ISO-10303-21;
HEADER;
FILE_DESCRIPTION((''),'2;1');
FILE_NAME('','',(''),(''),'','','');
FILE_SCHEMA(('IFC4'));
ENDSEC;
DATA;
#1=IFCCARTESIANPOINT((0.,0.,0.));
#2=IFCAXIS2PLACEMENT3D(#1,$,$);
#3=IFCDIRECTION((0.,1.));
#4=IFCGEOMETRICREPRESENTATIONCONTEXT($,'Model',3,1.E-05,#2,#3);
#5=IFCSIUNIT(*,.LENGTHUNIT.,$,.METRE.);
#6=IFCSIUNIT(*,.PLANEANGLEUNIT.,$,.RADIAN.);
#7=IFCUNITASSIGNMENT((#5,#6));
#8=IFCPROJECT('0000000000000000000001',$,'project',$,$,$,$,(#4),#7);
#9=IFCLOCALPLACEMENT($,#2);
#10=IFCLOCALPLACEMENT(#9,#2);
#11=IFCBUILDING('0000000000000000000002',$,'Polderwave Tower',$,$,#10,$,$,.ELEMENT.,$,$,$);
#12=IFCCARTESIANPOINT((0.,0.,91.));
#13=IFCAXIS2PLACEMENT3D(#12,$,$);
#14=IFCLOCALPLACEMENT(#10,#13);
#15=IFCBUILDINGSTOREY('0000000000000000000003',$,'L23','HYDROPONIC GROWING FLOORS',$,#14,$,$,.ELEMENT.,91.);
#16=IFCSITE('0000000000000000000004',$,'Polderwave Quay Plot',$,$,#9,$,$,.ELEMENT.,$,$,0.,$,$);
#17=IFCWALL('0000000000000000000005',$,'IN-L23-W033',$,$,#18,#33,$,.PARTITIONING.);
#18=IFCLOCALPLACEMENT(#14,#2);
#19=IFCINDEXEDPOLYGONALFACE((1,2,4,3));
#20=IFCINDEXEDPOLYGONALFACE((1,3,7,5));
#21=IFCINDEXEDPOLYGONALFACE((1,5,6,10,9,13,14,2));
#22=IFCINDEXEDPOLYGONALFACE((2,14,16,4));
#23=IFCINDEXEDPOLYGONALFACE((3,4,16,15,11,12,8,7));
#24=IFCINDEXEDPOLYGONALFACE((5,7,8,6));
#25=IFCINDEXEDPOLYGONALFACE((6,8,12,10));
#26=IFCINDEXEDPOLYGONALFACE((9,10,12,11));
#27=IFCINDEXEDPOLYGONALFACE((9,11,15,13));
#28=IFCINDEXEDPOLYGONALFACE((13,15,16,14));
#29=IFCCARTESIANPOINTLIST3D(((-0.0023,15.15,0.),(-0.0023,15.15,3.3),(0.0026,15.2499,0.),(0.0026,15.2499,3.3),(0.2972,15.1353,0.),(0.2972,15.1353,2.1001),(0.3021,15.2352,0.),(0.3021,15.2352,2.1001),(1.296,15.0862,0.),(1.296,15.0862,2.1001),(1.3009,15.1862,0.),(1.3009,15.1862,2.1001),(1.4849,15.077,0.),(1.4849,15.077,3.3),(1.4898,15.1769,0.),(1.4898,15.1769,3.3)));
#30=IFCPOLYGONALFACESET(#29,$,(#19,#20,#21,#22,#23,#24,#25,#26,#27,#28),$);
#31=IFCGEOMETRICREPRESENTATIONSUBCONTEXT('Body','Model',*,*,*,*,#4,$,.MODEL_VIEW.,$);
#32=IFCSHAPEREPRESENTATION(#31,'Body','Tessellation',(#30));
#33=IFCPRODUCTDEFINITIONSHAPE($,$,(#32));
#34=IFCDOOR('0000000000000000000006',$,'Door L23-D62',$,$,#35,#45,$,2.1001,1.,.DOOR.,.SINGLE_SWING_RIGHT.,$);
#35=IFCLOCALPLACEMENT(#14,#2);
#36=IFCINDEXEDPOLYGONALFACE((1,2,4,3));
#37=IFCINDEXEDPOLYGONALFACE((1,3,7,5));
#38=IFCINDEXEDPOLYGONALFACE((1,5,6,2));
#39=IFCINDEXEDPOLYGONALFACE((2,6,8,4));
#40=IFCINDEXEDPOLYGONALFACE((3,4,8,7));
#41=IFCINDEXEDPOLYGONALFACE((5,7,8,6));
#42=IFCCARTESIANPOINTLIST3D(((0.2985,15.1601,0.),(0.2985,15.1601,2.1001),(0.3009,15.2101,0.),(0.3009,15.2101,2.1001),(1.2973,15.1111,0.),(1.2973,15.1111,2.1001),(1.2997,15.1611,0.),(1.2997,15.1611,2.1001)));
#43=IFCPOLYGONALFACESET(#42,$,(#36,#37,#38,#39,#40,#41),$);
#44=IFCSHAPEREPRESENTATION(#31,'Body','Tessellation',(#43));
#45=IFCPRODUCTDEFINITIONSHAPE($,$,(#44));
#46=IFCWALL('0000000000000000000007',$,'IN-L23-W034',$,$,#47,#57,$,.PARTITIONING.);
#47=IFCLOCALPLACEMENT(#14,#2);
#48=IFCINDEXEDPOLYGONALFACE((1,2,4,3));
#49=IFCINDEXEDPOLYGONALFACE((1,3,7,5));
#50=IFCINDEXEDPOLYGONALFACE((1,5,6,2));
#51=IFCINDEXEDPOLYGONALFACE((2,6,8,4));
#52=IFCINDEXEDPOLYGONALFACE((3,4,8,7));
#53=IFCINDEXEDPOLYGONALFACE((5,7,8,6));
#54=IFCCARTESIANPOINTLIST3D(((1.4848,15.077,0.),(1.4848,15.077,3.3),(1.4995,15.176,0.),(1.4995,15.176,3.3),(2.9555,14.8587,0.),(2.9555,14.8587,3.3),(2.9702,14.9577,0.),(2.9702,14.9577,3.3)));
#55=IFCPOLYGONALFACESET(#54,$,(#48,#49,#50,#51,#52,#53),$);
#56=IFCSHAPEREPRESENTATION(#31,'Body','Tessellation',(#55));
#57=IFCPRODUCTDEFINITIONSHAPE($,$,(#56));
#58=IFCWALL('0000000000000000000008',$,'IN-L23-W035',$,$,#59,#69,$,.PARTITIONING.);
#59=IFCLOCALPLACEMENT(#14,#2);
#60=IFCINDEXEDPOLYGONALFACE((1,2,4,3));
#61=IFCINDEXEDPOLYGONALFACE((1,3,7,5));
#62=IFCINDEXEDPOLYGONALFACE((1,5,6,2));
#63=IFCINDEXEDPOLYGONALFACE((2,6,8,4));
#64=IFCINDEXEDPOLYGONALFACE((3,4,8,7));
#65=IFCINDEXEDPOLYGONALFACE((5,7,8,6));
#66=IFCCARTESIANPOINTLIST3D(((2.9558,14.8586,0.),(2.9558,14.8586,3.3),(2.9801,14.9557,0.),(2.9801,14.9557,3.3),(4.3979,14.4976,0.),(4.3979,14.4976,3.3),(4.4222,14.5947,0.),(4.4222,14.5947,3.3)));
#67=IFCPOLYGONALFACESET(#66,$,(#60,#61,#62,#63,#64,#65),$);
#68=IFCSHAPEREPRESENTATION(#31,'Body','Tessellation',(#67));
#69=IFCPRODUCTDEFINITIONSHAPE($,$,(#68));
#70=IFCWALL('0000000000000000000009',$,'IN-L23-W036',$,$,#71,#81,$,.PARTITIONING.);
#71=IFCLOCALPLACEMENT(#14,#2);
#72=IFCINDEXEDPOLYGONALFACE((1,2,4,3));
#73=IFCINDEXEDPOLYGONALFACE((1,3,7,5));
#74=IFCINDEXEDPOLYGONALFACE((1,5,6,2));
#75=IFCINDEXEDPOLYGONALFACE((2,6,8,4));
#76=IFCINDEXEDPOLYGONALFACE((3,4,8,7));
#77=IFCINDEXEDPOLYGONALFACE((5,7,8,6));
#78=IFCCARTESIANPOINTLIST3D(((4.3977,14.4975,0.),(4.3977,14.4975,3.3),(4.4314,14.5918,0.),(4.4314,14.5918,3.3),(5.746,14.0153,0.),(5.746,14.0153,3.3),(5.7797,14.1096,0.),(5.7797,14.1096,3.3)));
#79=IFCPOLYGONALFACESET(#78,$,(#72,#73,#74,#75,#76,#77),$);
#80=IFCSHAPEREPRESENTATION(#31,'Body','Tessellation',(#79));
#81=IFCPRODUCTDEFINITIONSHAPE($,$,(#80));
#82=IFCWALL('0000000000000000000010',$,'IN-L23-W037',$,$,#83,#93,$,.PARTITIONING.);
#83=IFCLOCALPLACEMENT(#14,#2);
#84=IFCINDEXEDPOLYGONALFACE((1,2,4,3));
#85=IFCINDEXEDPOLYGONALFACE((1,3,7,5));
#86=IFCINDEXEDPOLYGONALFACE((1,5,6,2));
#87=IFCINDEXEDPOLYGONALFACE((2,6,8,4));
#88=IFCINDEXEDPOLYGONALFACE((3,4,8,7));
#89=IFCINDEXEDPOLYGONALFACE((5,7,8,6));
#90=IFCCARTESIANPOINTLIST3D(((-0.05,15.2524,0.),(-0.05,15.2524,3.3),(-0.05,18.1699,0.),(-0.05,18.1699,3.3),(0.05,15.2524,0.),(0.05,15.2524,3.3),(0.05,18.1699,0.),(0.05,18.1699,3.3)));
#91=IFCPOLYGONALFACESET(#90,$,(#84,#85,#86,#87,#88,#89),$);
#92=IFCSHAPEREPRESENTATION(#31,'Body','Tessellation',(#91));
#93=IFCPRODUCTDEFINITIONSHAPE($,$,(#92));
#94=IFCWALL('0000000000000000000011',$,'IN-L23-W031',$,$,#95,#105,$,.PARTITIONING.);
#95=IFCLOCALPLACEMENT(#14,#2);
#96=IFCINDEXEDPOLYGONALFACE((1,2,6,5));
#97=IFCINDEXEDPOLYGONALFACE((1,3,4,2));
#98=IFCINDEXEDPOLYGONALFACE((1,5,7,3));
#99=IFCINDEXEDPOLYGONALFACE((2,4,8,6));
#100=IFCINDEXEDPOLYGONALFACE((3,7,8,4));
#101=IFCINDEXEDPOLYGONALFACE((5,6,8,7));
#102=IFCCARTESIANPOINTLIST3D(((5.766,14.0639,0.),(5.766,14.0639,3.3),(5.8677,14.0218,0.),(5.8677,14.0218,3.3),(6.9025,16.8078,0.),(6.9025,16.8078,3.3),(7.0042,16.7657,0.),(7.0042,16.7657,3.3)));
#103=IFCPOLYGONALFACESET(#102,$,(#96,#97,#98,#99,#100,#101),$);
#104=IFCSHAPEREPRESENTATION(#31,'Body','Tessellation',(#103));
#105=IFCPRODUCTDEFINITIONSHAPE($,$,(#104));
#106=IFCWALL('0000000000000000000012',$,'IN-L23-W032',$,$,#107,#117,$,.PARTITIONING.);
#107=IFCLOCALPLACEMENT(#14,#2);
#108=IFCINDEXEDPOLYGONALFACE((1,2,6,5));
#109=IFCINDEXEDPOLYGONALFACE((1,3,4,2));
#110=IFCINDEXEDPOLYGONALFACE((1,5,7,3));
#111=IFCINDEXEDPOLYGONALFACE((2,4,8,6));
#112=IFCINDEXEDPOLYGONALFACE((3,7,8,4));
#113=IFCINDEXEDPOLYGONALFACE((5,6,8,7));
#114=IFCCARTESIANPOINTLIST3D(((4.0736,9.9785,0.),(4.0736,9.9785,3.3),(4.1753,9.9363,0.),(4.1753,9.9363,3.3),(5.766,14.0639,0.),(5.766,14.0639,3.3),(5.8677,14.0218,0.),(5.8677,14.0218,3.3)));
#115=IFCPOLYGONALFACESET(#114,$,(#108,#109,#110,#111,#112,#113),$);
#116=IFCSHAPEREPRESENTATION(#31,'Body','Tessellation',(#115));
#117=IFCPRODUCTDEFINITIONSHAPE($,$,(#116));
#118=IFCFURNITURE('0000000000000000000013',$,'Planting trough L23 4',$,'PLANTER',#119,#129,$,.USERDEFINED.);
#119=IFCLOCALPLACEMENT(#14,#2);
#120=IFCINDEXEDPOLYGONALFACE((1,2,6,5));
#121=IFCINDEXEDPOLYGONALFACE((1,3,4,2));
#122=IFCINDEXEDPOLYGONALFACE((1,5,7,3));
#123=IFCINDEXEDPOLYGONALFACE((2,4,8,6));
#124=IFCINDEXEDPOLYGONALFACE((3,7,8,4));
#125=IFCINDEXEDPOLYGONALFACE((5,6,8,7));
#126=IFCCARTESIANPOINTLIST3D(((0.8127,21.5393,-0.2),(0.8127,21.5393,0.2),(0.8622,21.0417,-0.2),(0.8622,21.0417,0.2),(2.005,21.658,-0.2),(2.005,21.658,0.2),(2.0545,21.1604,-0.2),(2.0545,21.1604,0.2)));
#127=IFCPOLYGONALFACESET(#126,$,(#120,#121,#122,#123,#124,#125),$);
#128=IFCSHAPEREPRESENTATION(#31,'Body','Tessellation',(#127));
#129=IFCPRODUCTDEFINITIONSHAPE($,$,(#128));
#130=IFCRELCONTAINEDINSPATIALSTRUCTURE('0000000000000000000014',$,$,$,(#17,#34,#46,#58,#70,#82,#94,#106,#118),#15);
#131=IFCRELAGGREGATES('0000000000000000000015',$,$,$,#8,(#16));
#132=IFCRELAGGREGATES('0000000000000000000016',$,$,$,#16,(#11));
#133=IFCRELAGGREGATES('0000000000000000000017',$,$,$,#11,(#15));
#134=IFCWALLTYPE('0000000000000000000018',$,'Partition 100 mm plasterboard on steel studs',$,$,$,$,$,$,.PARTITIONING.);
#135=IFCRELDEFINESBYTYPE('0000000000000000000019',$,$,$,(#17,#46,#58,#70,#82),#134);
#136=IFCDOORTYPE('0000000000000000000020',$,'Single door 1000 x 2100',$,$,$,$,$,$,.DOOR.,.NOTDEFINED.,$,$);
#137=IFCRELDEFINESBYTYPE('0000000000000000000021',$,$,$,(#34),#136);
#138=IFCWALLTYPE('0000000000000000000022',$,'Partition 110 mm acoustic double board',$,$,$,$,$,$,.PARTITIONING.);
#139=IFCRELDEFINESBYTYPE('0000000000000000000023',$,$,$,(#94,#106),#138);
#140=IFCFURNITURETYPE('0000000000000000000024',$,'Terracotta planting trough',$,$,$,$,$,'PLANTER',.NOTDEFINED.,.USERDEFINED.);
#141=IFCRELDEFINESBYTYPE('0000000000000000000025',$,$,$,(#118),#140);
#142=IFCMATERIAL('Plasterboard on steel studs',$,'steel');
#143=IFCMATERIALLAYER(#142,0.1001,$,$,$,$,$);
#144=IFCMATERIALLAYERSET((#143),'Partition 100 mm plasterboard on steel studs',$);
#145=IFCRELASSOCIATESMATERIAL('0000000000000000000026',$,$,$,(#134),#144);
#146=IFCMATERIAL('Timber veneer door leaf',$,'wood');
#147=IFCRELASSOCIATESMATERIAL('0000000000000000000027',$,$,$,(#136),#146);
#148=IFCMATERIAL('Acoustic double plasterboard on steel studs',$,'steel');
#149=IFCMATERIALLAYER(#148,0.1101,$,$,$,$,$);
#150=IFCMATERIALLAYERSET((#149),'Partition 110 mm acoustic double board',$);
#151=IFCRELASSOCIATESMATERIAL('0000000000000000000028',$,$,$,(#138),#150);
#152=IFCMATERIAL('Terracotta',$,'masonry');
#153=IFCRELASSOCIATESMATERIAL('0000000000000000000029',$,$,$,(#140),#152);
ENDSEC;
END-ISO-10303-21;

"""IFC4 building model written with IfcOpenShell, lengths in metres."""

from ifc_helpers import new_model, si_unit, direction, frame, frame_2d, origin, origin_2d, place, context, subcontext, project, spatial, rectangle, extrude, material, layer, layer_set, type_object, element, fill, save


model = new_model("IFC4")

# Units and contexts
model_context = context("Model", 3, precision=1e-05, world=origin(), true_north=direction((0.0, 1.0)))
body_context = subcontext(model_context, "Body", "Model", "MODEL_VIEW")
ifc_project = project(units=[si_unit("LENGTHUNIT", "METRE"), si_unit("PLANEANGLEUNIT", "RADIAN")], contexts=[model_context])

# Site, building, storey
site_placement = place(None, origin())
site = spatial("IfcSite", under=ifc_project, at=site_placement, Name="Polderwave Quay Plot", CompositionType="ELEMENT", RefElevation=0.0)
building_placement = place(site_placement, origin())
building = spatial("IfcBuilding", under=site, at=building_placement, Name="Polderwave Tower", CompositionType="ELEMENT")
storey_placement = place(building_placement, frame((0.0, 0.0, 91.0)))
storey = spatial("IfcBuildingStorey", under=building, at=storey_placement, Name="L23", Description="HYDROPONIC GROWING FLOORS", CompositionType="ELEMENT", Elevation=91.0)

# Wall, opening, door
ifc_material_1 = material(Name="Plasterboard on steel studs", Category="steel")
ifc_layer_1 = layer(ifc_material_1, 0.1001)
ifc_layer_set_1 = layer_set([ifc_layer_1], Name="Partition 100 mm plasterboard on steel studs")
wall_type_1 = type_object("IfcWallType", Name="Partition 100 mm plasterboard on steel studs", PredefinedType="PARTITIONING", material=ifc_layer_set_1)
wall_1_placement = place(storey_placement, frame((0.0, 15.2, 0.0), z_axis=(0.0, 0.0, 1.0), x_axis=(0.998798, -0.049022, 0.0)))
wall_1 = element("IfcWall", 1, at=wall_1_placement, inside=storey, type_object=wall_type_1, Name="IN-L23-W033", PredefinedType="PARTITIONING", context=body_context, shape_type="SweptSolid", body=[
    extrude(rectangle(XDim=1.489, YDim=0.1001, at=frame_2d((0.7446, 0.0))), origin(), (0.0, 0.0, 1.0), 3.3),
])
opening_1_placement = place(wall_1_placement, frame((0.3, 0.0, 0.0)))
opening_1 = element("IfcOpeningElement", 2, at=opening_1_placement, cuts=wall_1, PredefinedType="OPENING", context=body_context, shape_type="SweptSolid", body=[
    extrude(rectangle(XDim=1.0, YDim=2.1001, at=frame_2d((0.5, 1.05))), frame((0.0, 0.0601, 0.0), z_axis=(0.0, -1.0, 0.0), x_axis=(1.0, 0.0, 0.0)), (0.0, 0.0, 1.0), 0.1201),
])
ifc_material_2 = material(Name="Timber veneer door leaf", Category="wood")
door_type_1 = type_object("IfcDoorType", Name="Single door 1000 x 2100", OperationType="NOTDEFINED", PredefinedType="DOOR", material=ifc_material_2)
door_1_placement = place(opening_1_placement, origin())
door_1 = element("IfcDoor", 3, at=door_1_placement, inside=storey, type_object=door_type_1, Name="Door L23-D62", OperationType="SINGLE_SWING_RIGHT", OverallHeight=2.1001, OverallWidth=1.0, PredefinedType="DOOR", context=body_context, shape_type="SweptSolid", body=[
    extrude(rectangle(XDim=1.0, YDim=2.1001, at=frame_2d((0.5, 1.05))), frame((0.0, 0.0249, 0.0), z_axis=(0.0, -1.0, 0.0), x_axis=(1.0, 0.0, 0.0)), (0.0, 0.0, 1.0), 0.05),
])
fill(opening_1, door_1)

# Walls
wall_2_placement = place(storey_placement, frame((2.9629, 14.9082, 0.0), z_axis=(0.0, 0.0, 1.0), x_axis=(-0.989166, 0.146799, 0.0)))
element("IfcWall", 4, at=wall_2_placement, inside=storey, type_object=wall_type_1, Name="IN-L23-W034", PredefinedType="PARTITIONING", context=body_context, shape_type="SweptSolid", body=[
    extrude(rectangle(XDim=1.4868, YDim=0.1001, at=frame_2d((0.7434, 0.0))), origin(), (0.0, 0.0, 1.0), 3.3),
])
wall_3_placement = place(storey_placement, frame((4.4099, 14.5461, 0.0), z_axis=(0.0, 0.0, 1.0), x_axis=(-0.970055, 0.242883, 0.0)))
element("IfcWall", 5, at=wall_3_placement, inside=storey, type_object=wall_type_1, Name="IN-L23-W035", PredefinedType="PARTITIONING", context=body_context, shape_type="SweptSolid", body=[
    extrude(rectangle(XDim=1.4866, YDim=0.1001, at=frame_2d((0.7432, 0.0))), origin(), (0.0, 0.0, 1.0), 3.3),
])
wall_4_placement = place(storey_placement, frame((5.7627, 14.0625, 0.0), z_axis=(0.0, 0.0, 1.0), x_axis=(-0.941587, 0.336768, 0.0)))
element("IfcWall", 6, at=wall_4_placement, inside=storey, type_object=wall_type_1, Name="IN-L23-W036", PredefinedType="PARTITIONING", context=body_context, shape_type="SweptSolid", body=[
    extrude(rectangle(XDim=1.4319, YDim=0.1001, at=frame_2d((0.7158, 0.0))), origin(), (0.0, 0.0, 1.0), 3.3),
])
wall_5_placement = place(storey_placement, frame((0.0, 15.2524, 0.0), z_axis=(0.0, 0.0, 1.0), x_axis=(0.0, 1.0, 0.0)))
element("IfcWall", 7, at=wall_5_placement, inside=storey, type_object=wall_type_1, Name="IN-L23-W037", PredefinedType="PARTITIONING", context=body_context, shape_type="SweptSolid", body=[
    extrude(rectangle(XDim=2.9175, YDim=0.1001, at=frame_2d((1.4587, 0.0))), origin(), (0.0, 0.0, 1.0), 3.3),
])
ifc_material_3 = material(Name="Acoustic double plasterboard on steel studs", Category="steel")
ifc_layer_2 = layer(ifc_material_3, 0.1101)
ifc_layer_set_2 = layer_set([ifc_layer_2], Name="Partition 110 mm acoustic double board")
wall_type_2 = type_object("IfcWallType", Name="Partition 110 mm acoustic double board", PredefinedType="PARTITIONING", material=ifc_layer_set_2)
wall_6_placement = place(storey_placement, frame((5.8169, 14.043, 0.0), z_axis=(0.0, 0.0, 1.0), x_axis=(0.382659, 0.92389, 0.0)))
element("IfcWall", 8, at=wall_6_placement, inside=storey, type_object=wall_type_2, Name="IN-L23-W031", PredefinedType="PARTITIONING", context=body_context, shape_type="SweptSolid", body=[
    extrude(rectangle(XDim=2.97, YDim=0.1101, at=frame_2d((1.4849, 0.0))), origin(), (0.0, 0.0, 1.0), 3.3),
])
wall_7_placement = place(storey_placement, frame((4.1245, 9.9575, 0.0), z_axis=(0.0, 0.0, 1.0), x_axis=(0.382709, 0.923869, 0.0)))
element("IfcWall", 9, at=wall_7_placement, inside=storey, type_object=wall_type_2, Name="IN-L23-W032", PredefinedType="PARTITIONING", context=body_context, shape_type="SweptSolid", body=[
    extrude(rectangle(XDim=4.4221, YDim=0.1101, at=frame_2d((2.2109, 0.0))), origin(), (0.0, 0.0, 1.0), 3.3),
])

# Furniture
ifc_material_4 = material(Name="Terracotta", Category="masonry")
furniture_type = type_object("IfcFurnitureType", Name="Terracotta planting trough", ElementType="PLANTER", AssemblyPlace="NOTDEFINED", PredefinedType="USERDEFINED", material=ifc_material_4)
furniture_placement = place(storey_placement, frame((1.4336, 21.3499, -0.2), z_axis=(0.0, 0.0, 1.0), x_axis=(-0.99508, -0.099071, 0.0)))
element("IfcFurniture", 10, at=furniture_placement, inside=storey, type_object=furniture_type, Name="Planting trough L23 4", ObjectType="PLANTER", PredefinedType="USERDEFINED", context=body_context, shape_type="SweptSolid", body=[
    extrude(rectangle(XDim=1.1982, YDim=0.5, at=origin_2d()), origin(), (0.0, 0.0, 1.0), 0.3999),
])

save(model, "model.ifc")
